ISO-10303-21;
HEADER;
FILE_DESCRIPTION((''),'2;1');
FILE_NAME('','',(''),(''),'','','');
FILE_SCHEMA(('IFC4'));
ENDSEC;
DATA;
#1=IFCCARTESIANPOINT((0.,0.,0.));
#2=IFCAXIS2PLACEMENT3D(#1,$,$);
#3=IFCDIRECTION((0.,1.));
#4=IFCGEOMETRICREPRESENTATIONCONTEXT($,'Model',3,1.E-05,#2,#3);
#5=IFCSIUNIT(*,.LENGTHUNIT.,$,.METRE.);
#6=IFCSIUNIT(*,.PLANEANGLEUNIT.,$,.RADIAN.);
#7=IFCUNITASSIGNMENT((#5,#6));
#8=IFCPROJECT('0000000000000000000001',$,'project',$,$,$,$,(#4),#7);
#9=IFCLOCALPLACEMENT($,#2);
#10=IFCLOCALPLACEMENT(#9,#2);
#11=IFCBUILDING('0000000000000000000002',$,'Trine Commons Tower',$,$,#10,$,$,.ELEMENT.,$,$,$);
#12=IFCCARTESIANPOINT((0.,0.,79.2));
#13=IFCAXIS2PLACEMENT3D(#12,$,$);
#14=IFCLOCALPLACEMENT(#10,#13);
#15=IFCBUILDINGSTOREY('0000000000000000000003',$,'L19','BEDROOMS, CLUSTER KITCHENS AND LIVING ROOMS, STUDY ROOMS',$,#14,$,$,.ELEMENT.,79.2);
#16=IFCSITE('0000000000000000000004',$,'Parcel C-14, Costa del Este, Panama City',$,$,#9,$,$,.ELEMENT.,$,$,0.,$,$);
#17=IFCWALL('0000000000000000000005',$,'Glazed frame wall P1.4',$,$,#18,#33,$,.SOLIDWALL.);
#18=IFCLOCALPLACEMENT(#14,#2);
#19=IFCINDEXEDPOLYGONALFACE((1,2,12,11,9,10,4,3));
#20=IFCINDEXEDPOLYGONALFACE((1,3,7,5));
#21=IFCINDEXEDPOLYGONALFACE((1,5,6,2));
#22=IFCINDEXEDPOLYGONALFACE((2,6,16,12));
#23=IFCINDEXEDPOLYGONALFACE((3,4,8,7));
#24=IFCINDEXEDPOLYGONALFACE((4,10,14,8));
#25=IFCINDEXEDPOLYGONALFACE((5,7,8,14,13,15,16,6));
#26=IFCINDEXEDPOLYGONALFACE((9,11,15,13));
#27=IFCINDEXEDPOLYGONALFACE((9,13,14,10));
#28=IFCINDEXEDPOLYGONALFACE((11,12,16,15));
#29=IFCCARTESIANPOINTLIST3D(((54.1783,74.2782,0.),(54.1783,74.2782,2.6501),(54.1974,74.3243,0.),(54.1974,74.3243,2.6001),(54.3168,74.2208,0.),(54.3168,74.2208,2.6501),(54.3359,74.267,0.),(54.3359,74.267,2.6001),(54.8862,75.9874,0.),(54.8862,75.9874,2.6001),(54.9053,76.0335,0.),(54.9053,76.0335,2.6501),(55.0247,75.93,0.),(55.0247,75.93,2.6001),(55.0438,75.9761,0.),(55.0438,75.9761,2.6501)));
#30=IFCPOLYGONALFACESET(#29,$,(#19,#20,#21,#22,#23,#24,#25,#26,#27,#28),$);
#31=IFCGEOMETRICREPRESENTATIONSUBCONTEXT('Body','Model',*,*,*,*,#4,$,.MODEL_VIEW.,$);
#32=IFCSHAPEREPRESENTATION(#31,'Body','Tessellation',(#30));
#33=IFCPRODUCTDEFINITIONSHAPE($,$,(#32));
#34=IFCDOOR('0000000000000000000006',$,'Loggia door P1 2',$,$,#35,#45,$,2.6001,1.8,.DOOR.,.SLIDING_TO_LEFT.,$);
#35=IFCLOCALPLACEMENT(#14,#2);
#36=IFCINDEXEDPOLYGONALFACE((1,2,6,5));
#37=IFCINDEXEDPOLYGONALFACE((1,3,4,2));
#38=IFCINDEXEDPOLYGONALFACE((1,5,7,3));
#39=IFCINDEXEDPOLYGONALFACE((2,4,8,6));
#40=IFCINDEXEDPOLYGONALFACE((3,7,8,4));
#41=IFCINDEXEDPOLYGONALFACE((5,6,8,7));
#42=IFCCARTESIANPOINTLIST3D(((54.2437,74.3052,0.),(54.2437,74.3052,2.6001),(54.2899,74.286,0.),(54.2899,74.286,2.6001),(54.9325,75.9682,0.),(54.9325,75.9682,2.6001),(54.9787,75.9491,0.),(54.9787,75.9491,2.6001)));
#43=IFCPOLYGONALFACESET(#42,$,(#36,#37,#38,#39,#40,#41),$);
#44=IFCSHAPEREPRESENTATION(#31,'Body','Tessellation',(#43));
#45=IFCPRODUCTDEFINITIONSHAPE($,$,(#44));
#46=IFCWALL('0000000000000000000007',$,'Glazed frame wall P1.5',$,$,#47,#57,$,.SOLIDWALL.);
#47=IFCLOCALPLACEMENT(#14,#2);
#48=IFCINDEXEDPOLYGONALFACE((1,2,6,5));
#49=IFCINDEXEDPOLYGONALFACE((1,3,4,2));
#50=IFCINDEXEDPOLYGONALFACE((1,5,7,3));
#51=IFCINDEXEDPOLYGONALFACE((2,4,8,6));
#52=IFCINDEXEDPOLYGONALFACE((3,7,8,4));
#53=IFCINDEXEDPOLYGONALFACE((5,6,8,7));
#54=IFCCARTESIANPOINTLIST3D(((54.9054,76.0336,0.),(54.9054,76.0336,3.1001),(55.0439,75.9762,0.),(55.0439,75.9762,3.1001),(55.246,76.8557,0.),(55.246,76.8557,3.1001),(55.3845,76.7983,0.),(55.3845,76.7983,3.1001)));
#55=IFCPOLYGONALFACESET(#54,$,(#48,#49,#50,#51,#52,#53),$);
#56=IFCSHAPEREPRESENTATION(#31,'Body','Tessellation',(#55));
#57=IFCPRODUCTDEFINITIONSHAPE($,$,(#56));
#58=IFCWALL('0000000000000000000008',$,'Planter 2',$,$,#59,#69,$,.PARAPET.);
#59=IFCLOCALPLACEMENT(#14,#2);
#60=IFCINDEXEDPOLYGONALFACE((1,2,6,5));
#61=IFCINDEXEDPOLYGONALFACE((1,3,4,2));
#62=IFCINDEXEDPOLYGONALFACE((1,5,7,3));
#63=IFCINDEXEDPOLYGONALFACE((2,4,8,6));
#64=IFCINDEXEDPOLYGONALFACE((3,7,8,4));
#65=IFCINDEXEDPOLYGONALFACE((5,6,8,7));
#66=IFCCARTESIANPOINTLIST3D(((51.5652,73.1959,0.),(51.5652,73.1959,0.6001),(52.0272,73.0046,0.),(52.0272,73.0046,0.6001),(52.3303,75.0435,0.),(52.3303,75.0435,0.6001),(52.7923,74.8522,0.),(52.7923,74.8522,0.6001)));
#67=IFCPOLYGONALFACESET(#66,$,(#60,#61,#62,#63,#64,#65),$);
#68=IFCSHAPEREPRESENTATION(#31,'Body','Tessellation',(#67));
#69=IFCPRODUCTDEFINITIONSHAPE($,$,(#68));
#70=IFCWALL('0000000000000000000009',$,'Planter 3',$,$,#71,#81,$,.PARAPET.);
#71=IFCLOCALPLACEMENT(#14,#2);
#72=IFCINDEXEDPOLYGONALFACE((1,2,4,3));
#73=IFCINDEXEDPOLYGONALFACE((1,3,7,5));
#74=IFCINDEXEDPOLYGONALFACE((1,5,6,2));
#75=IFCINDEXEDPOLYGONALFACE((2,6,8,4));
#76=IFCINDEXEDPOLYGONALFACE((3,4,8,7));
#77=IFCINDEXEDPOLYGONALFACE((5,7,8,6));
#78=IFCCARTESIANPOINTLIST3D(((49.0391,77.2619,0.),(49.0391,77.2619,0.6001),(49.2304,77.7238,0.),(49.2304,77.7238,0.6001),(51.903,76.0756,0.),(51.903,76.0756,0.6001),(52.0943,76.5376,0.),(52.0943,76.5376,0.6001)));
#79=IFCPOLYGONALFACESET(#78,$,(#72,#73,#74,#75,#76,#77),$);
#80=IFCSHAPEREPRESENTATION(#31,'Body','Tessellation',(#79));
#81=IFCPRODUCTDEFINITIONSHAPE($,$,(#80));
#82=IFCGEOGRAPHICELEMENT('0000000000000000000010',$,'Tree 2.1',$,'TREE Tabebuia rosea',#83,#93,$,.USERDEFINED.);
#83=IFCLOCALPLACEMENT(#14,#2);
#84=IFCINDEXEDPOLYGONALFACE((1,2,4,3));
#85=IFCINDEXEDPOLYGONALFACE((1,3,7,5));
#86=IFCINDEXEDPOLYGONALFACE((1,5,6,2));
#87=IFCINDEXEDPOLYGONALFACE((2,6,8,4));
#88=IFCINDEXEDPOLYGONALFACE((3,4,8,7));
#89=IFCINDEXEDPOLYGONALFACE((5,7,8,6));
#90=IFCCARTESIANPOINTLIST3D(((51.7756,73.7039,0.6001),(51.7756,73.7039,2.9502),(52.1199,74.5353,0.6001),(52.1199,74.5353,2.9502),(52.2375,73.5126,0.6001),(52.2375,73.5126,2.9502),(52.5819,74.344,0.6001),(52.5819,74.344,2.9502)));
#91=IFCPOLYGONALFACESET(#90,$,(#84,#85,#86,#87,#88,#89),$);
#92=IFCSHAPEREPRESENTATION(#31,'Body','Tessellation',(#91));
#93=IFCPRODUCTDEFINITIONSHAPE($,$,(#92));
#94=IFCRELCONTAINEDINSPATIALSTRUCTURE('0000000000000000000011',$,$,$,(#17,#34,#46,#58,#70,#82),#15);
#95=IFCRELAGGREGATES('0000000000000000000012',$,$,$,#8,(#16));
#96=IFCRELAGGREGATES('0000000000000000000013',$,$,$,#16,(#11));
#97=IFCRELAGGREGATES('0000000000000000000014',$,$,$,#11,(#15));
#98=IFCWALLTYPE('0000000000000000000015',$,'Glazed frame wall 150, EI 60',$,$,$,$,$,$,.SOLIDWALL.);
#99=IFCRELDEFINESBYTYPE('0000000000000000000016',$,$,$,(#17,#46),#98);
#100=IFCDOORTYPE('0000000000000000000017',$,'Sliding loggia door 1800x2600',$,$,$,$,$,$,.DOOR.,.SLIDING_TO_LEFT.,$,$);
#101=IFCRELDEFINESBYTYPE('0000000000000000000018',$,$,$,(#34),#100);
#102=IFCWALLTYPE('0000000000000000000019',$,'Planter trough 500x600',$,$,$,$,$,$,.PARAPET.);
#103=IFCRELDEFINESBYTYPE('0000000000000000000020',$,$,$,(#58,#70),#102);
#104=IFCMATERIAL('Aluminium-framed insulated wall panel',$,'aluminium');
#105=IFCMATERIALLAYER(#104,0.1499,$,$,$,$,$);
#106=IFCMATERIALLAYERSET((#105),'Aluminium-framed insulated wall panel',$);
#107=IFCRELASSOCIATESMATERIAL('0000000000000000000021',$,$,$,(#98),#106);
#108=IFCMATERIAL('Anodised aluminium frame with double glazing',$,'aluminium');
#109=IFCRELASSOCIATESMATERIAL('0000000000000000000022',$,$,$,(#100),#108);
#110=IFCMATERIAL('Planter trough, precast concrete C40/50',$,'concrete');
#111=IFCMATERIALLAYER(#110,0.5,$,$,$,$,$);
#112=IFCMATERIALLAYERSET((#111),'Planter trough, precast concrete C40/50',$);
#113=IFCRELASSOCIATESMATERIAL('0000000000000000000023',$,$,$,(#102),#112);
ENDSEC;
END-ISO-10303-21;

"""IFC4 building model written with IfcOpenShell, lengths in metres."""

from ifc_helpers import new_model, si_unit, direction, frame, frame_2d, origin, origin_2d, place, context, subcontext, project, spatial, polyline, rectangle, outline, extrude, material, layer, layer_set, type_object, element, fill, save


model = new_model("IFC4")

# Units and contexts
model_context = context("Model", 3, precision=1e-05, world=origin(), true_north=direction((0.0, 1.0)))
body_context = subcontext(model_context, "Body", "Model", "MODEL_VIEW")
ifc_project = project(units=[si_unit("LENGTHUNIT", "METRE"), si_unit("PLANEANGLEUNIT", "RADIAN")], contexts=[model_context])

# Site, building, storey
site_placement = place(None, origin())
site = spatial("IfcSite", under=ifc_project, at=site_placement, Name="Parcel C-14, Costa del Este, Panama City", CompositionType="ELEMENT", RefElevation=0.0)
building_placement = place(site_placement, origin())
building = spatial("IfcBuilding", under=site, at=building_placement, Name="Trine Commons Tower", CompositionType="ELEMENT")
storey_placement = place(building_placement, frame((0.0, 0.0, 79.2)))
storey = spatial("IfcBuildingStorey", under=building, at=storey_placement, Name="L19", Description="BEDROOMS, CLUSTER KITCHENS AND LIVING ROOMS, STUDY ROOMS", CompositionType="ELEMENT", Elevation=79.2)

# Wall, opening, door
ifc_material_1 = material(Name="Aluminium-framed insulated wall panel", Category="aluminium")
ifc_layer_1 = layer(ifc_material_1, 0.1499)
ifc_layer_set_1 = layer_set([ifc_layer_1], Name="Aluminium-framed insulated wall panel")
wall_type_1 = type_object("IfcWallType", Name="Glazed frame wall 150, EI 60", PredefinedType="SOLIDWALL", material=ifc_layer_set_1)
wall_1_placement = place(storey_placement, frame((54.2476, 74.2495, 0.0), z_axis=(0.0, 0.0, 1.0), x_axis=(0.382662, 0.923888, 0.0)))
wall_1 = element("IfcWall", 1, at=wall_1_placement, inside=storey, type_object=wall_type_1, Name="Glazed frame wall P1.4", PredefinedType="SOLIDWALL", context=body_context, shape_type="SweptSolid", body=[
    extrude(outline(polyline([(0.0, -0.075), (1.8999, -0.075), (1.8999, 0.075), (0.0, 0.075), (0.0, -0.075)])), origin(), (0.0, 0.0, 1.0), 2.6501),
])
opening_1_placement = place(wall_1_placement, frame((0.05, 0.0, 0.0)))
opening_1 = element("IfcOpeningElement", 2, at=opening_1_placement, cuts=wall_1, PredefinedType="OPENING", context=body_context, shape_type="SweptSolid", body=[
    extrude(rectangle(XDim=1.8, YDim=2.6001, at=frame_2d((0.8999, 1.3))), frame((0.0, 0.085, 0.0), z_axis=(0.0, -1.0, 0.0), x_axis=(1.0, 0.0, 0.0)), (0.0, 0.0, 1.0), 0.1699),
])
ifc_material_2 = material(Name="Anodised aluminium frame with double glazing", Category="aluminium")
door_type = type_object("IfcDoorType", Name="Sliding loggia door 1800x2600", OperationType="SLIDING_TO_LEFT", PredefinedType="DOOR", material=ifc_material_2)
door_1_placement = place(opening_1_placement, origin())
door_1 = element("IfcDoor", 3, at=door_1_placement, inside=storey, type_object=door_type, Name="Loggia door P1 2", OperationType="SLIDING_TO_LEFT", OverallHeight=2.6001, OverallWidth=1.8, PredefinedType="DOOR", context=body_context, shape_type="SweptSolid", body=[
    extrude(rectangle(XDim=1.8, YDim=2.6001, at=frame_2d((0.8999, 1.3))), frame((0.0, 0.0249, 0.0), z_axis=(0.0, -1.0, 0.0), x_axis=(1.0, 0.0, 0.0)), (0.0, 0.0, 1.0), 0.05),
])
fill(opening_1, door_1)

# Wall
wall_2_placement = place(storey_placement, frame((54.9746, 76.0049, 0.0), z_axis=(0.0, 0.0, 1.0), x_axis=(0.382812, 0.923826, 0.0)))
element("IfcWall", 4, at=wall_2_placement, inside=storey, type_object=wall_type_1, Name="Glazed frame wall P1.5", PredefinedType="SOLIDWALL", context=body_context, shape_type="SweptSolid", body=[
    extrude(outline(polyline([(0.8899, 0.075), (0.0, 0.075), (0.0, -0.075), (0.8899, -0.075), (0.8899, 0.075)])), origin(), (0.0, 0.0, 1.0), 3.1001),
])

# Walls
ifc_material_3 = material(Name="Planter trough, precast concrete C40/50", Category="concrete")
ifc_layer_2 = layer(ifc_material_3, 0.5)
ifc_layer_set_2 = layer_set([ifc_layer_2], Name="Planter trough, precast concrete C40/50")
wall_type_2 = type_object("IfcWallType", Name="Planter trough 500x600", PredefinedType="PARAPET", material=ifc_layer_set_2)
wall_3_placement = place(storey_placement, frame((51.7961, 73.1001, 0.0), z_axis=(0.0, 0.0, 1.0), x_axis=(0.382603, 0.923913, 0.0)))
element("IfcWall", 5, at=wall_3_placement, inside=storey, type_object=wall_type_2, Name="Planter 2", PredefinedType="PARAPET", context=body_context, shape_type="SweptSolid", body=[
    extrude(rectangle(XDim=1.9998, YDim=0.5, at=frame_2d((1.0, 0.0))), origin(), (0.0, 0.0, 1.0), 0.6001),
])
wall_4_placement = place(storey_placement, frame((51.9985, 76.3066, 0.0), z_axis=(0.0, 0.0, 1.0), x_axis=(-0.923883, 0.382674, 0.0)))
element("IfcWall", 6, at=wall_4_placement, inside=storey, type_object=wall_type_2, Name="Planter 3", PredefinedType="PARAPET", context=body_context, shape_type="SweptSolid", body=[
    extrude(rectangle(XDim=3.0999, YDim=0.5, at=frame_2d((1.5498, 0.0))), origin(), (0.0, 0.0, 1.0), 0.6001),
])

# Geographic element
geographic_element_placement = place(storey_placement, frame((52.1787, 74.0239, 0.6001), z_axis=(0.0, 0.0, 1.0), x_axis=(0.382688, 0.923878, 0.0)))
element("IfcGeographicElement", 7, at=geographic_element_placement, inside=storey, Name="Tree 2.1", ObjectType="TREE Tabebuia rosea", PredefinedType="USERDEFINED", context=body_context, shape_type="SweptSolid", body=[
    extrude(rectangle(XDim=0.8999, YDim=0.5, at=origin_2d()), origin(), (0.0, 0.0, 1.0), 2.3501),
])

save(model, "model.ifc")
